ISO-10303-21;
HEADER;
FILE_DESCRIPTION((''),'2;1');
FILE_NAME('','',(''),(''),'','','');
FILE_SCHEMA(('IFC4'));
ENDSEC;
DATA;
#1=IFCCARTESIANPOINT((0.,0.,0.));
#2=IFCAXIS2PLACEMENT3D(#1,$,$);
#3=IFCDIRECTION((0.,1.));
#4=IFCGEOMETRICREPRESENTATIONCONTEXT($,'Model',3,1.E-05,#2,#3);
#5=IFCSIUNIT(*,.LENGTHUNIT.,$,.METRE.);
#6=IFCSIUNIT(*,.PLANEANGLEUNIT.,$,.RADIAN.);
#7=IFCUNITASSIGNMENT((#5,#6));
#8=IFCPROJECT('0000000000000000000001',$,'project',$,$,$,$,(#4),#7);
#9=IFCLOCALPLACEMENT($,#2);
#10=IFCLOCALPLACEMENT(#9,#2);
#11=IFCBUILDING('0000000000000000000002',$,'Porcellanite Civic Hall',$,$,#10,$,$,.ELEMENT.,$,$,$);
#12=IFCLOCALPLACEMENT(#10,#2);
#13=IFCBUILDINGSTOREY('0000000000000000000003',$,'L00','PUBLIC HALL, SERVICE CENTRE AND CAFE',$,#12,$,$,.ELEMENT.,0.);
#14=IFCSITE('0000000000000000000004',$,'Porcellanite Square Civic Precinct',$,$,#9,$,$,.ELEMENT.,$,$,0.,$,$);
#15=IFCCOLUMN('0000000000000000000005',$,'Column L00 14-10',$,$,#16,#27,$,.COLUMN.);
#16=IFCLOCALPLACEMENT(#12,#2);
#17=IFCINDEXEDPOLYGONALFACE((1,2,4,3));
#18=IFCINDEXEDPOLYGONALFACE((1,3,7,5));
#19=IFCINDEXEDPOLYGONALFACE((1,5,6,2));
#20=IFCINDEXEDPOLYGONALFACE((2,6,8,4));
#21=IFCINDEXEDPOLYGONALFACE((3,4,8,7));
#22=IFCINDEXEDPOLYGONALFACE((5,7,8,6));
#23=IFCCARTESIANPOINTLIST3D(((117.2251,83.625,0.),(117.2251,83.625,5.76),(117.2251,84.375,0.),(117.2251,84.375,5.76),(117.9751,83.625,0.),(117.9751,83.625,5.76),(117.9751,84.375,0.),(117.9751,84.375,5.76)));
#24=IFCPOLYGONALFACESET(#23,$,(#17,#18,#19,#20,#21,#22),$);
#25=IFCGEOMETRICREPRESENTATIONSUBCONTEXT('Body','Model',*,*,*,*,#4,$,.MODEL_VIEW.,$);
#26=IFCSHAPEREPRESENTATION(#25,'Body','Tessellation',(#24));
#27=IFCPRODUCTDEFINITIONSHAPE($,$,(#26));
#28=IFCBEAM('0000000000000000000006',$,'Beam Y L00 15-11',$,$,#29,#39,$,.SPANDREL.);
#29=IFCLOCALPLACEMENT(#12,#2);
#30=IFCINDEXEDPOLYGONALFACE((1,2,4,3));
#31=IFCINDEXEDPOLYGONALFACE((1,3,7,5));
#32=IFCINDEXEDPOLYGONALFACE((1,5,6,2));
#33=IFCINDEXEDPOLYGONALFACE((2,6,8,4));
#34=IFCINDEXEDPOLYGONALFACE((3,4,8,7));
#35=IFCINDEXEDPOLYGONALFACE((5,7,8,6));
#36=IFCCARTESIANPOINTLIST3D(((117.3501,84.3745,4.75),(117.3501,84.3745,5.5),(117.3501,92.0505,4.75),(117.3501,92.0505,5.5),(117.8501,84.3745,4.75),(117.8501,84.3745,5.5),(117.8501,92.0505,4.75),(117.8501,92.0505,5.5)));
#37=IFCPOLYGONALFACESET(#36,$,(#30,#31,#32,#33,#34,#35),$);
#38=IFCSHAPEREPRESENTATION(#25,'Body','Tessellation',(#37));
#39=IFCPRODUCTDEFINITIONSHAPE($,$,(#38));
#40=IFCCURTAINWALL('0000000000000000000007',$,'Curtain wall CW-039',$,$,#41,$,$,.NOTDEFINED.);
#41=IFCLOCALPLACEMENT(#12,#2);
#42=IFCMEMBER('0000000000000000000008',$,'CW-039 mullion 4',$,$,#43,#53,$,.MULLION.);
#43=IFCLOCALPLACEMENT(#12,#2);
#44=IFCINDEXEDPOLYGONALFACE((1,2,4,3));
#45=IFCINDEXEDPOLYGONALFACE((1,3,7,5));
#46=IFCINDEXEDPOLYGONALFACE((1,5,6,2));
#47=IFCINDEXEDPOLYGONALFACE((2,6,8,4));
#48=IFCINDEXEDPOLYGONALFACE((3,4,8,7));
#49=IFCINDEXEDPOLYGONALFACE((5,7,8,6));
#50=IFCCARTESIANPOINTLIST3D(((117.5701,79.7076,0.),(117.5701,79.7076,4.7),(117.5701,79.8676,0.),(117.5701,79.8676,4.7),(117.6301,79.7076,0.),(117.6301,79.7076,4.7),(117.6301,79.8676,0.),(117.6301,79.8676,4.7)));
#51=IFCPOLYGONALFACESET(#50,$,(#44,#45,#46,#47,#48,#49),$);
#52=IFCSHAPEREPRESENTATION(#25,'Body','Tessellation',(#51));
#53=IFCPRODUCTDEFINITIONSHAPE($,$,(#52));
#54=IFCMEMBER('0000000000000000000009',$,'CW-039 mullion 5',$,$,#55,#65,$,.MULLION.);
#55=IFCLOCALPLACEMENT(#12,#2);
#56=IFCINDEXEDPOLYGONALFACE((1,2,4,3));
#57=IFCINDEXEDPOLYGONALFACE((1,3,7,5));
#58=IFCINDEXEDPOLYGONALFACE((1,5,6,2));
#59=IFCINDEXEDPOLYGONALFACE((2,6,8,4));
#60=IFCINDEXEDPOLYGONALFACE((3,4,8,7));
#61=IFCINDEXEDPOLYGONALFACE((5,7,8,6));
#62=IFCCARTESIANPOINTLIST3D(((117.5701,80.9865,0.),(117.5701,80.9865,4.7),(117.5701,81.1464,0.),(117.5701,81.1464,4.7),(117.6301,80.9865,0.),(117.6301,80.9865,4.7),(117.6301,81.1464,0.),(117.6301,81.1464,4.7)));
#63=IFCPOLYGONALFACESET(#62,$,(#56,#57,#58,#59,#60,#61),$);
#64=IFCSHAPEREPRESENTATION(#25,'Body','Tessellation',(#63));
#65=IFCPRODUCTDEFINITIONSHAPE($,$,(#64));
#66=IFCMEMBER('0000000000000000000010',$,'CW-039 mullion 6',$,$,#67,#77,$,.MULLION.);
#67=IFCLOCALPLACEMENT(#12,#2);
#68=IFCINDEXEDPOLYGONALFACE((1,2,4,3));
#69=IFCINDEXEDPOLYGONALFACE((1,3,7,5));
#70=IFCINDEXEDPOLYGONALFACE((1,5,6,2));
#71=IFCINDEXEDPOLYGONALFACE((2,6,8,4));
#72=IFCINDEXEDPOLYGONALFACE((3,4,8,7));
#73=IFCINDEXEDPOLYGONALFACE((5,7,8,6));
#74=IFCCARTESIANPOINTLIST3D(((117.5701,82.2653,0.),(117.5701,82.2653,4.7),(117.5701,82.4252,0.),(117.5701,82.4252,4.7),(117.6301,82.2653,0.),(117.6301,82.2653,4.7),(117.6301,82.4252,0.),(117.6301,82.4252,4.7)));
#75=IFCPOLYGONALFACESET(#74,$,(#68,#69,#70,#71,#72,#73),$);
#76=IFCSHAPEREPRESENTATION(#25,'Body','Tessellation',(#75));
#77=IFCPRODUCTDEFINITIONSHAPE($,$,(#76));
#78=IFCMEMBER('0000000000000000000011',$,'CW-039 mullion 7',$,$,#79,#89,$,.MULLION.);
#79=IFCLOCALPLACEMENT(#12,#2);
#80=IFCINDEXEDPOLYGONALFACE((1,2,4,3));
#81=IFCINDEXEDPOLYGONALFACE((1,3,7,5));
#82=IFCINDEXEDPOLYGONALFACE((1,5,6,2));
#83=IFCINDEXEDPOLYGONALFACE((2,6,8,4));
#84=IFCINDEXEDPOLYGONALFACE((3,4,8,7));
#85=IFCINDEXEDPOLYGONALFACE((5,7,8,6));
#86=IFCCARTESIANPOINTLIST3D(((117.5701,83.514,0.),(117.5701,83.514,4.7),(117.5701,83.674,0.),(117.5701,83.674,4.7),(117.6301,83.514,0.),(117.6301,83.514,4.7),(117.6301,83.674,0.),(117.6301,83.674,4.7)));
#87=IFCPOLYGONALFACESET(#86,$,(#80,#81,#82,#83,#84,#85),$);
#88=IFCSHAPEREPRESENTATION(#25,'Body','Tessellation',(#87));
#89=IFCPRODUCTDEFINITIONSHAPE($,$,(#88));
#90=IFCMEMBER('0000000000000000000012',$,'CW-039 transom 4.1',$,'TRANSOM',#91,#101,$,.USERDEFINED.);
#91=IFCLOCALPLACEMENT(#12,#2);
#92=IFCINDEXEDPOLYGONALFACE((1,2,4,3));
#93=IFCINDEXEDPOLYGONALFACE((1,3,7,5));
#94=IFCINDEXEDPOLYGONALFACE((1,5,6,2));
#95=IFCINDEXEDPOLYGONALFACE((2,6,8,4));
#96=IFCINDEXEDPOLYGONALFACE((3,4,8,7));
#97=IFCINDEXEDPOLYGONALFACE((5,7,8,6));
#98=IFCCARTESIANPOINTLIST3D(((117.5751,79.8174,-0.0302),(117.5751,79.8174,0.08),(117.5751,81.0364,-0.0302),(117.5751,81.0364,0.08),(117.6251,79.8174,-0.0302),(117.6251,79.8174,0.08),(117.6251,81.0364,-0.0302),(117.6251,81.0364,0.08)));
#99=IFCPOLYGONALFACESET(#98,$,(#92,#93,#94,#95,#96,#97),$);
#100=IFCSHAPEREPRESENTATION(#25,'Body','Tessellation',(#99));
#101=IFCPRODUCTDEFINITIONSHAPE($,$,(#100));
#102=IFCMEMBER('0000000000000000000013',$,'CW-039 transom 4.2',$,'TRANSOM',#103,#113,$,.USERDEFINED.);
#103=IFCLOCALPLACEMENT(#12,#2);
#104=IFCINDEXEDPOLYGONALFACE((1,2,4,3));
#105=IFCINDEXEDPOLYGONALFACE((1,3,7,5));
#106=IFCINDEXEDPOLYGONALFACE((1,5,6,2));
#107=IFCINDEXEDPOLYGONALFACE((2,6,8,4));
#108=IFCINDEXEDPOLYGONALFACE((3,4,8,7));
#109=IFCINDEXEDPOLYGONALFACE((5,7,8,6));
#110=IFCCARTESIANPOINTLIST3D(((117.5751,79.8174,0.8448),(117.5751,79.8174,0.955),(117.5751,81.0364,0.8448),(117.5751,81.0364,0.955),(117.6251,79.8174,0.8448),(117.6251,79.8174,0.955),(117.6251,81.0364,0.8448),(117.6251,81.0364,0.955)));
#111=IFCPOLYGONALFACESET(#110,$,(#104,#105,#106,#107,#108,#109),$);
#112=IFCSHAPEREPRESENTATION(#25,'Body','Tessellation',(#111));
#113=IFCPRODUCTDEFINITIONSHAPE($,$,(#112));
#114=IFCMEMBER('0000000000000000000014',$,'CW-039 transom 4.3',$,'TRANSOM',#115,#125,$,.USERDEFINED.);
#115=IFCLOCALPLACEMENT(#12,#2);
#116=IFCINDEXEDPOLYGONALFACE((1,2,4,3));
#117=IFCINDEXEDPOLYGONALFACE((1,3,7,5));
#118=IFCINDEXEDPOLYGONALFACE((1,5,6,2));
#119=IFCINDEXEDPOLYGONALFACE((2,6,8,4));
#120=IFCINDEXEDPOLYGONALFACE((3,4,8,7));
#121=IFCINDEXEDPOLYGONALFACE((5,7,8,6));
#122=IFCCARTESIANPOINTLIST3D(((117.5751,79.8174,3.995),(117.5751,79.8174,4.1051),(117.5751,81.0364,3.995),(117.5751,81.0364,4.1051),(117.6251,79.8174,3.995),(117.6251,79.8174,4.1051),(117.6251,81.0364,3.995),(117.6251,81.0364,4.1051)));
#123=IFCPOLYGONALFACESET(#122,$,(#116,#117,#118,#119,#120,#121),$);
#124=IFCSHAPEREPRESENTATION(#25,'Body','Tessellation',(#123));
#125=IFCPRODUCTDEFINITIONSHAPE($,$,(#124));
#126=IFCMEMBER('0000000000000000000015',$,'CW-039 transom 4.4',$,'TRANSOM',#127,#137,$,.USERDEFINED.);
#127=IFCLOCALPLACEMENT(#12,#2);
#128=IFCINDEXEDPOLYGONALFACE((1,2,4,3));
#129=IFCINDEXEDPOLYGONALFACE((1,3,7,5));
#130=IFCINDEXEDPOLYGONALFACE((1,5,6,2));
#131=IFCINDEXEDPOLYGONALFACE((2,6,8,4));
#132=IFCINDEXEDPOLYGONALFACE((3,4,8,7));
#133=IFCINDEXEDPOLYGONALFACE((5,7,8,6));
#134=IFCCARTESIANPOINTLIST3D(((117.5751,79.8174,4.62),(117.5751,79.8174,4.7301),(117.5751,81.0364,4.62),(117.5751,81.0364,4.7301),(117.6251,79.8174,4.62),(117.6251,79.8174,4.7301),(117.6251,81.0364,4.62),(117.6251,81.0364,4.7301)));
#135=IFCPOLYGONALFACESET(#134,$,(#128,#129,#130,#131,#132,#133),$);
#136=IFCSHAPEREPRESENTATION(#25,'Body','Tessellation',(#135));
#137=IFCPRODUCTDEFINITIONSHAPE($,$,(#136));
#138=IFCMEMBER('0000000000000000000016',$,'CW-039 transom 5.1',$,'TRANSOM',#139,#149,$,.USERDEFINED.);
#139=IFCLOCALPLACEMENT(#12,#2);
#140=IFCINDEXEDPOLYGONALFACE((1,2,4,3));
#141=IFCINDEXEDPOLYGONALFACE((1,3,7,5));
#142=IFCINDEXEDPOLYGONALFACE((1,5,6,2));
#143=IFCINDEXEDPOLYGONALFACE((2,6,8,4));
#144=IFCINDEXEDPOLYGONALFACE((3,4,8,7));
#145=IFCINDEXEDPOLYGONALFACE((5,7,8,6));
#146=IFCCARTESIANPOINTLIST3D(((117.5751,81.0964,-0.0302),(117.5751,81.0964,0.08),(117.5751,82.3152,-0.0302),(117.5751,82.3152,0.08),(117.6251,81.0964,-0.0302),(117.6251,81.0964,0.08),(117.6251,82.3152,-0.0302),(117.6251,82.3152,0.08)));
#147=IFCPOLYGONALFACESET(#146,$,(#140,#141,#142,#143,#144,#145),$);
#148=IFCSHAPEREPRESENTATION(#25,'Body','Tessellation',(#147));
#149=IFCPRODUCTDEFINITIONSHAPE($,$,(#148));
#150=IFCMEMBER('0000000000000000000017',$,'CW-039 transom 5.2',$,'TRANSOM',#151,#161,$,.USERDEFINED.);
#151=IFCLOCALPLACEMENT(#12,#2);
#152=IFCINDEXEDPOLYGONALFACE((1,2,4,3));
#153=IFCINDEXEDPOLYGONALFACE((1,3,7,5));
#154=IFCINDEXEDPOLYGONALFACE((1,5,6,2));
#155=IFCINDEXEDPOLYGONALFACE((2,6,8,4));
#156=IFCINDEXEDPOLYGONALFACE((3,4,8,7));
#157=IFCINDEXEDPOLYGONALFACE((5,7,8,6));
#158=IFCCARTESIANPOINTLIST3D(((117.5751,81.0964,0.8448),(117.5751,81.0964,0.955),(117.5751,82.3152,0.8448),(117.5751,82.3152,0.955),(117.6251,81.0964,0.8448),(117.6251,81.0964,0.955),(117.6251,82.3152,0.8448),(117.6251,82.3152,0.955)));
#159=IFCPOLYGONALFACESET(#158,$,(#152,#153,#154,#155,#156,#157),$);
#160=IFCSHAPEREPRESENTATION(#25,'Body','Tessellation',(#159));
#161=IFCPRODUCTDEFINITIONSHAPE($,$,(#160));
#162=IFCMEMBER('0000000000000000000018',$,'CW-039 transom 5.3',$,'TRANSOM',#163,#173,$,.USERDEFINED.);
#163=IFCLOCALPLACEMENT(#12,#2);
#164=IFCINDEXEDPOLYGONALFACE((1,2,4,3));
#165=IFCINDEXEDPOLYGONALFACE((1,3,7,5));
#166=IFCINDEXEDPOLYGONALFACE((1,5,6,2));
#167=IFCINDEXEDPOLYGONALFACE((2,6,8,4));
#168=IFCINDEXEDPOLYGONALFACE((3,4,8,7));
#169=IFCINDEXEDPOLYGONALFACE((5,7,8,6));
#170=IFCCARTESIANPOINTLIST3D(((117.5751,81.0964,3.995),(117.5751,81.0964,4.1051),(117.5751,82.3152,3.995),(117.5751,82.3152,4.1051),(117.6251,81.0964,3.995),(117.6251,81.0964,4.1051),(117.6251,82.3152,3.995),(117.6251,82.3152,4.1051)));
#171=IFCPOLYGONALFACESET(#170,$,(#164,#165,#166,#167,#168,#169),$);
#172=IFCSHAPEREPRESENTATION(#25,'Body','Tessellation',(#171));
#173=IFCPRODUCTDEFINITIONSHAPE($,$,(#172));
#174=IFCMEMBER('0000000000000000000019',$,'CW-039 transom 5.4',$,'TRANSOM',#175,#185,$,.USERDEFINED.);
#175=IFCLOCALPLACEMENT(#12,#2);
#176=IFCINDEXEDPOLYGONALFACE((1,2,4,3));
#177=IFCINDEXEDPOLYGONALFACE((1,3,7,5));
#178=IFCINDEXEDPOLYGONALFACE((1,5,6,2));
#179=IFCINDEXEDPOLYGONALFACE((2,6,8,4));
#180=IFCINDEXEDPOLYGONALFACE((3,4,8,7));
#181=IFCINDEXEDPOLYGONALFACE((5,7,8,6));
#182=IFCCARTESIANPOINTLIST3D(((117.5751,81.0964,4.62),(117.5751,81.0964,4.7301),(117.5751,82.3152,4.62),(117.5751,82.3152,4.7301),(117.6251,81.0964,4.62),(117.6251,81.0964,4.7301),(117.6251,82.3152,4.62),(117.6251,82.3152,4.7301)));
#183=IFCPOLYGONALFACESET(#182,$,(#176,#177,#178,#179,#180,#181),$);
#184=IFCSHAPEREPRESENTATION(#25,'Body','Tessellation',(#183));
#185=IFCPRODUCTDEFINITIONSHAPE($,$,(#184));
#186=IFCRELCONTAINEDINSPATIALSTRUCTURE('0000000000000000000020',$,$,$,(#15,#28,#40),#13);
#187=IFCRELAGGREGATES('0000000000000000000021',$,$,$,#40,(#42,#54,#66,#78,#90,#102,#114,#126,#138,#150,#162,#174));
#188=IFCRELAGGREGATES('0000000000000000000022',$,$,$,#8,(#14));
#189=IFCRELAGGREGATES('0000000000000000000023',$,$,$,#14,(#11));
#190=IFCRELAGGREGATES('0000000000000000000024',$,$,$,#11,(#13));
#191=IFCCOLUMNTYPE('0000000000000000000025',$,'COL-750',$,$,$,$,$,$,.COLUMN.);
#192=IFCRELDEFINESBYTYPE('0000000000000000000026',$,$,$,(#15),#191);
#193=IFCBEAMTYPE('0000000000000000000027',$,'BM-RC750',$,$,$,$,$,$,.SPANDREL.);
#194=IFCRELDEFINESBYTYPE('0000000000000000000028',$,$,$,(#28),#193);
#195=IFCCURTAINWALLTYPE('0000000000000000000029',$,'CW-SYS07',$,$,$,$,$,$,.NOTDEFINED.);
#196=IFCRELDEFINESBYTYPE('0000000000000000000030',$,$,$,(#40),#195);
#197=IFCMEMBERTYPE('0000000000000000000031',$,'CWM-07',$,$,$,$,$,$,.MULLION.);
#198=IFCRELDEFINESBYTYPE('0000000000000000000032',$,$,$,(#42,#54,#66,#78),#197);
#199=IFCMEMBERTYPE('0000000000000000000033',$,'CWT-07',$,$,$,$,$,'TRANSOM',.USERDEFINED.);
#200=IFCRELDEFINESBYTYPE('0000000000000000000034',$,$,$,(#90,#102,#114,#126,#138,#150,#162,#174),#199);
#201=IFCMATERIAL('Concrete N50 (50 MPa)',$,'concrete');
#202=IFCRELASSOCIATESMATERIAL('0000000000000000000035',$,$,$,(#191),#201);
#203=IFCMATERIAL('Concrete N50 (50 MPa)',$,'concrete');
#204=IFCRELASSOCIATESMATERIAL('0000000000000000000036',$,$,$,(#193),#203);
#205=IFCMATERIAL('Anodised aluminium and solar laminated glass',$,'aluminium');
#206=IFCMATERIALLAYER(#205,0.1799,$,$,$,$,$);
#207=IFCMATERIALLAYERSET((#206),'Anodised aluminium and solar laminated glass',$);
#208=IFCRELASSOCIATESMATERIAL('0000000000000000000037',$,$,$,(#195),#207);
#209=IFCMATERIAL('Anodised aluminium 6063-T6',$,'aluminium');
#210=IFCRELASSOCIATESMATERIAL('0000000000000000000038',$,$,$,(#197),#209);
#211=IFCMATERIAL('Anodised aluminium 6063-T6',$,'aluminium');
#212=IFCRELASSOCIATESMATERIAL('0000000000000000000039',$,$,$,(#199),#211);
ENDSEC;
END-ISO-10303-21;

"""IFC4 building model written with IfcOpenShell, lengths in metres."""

from ifc_helpers import new_model, si_unit, direction, frame, origin, origin_2d, place, context, subcontext, project, spatial, rectangle, extrude, material, layer, layer_set, material_profile, profile_set, type_object, element, aggregate, save


model = new_model("IFC4")

# Units and contexts
model_context = context("Model", 3, precision=1e-05, world=origin(), true_north=direction((0.0, 1.0)))
body_context = subcontext(model_context, "Body", "Model", "MODEL_VIEW")
ifc_project = project(units=[si_unit("LENGTHUNIT", "METRE"), si_unit("PLANEANGLEUNIT", "RADIAN")], contexts=[model_context])

# Site, building, storey
site_placement = place(None, origin())
site = spatial("IfcSite", under=ifc_project, at=site_placement, Name="Porcellanite Square Civic Precinct", CompositionType="ELEMENT", RefElevation=0.0)
building_placement = place(site_placement, origin())
building = spatial("IfcBuilding", under=site, at=building_placement, Name="Porcellanite Civic Hall", CompositionType="ELEMENT")
storey_placement = place(building_placement, origin())
storey = spatial("IfcBuildingStorey", under=building, at=storey_placement, Name="L00", Description="PUBLIC HALL, SERVICE CENTRE AND CAFE", CompositionType="ELEMENT", Elevation=0.0)

# Column
ifc_material_1 = material(Name="Concrete N50 (50 MPa)", Category="concrete")
ifc_material_profile_1 = material_profile(ifc_material_1, rectangle(XDim=0.75, YDim=0.75, at=origin_2d()), Name="RC-750x750")
ifc_profile_set_1 = profile_set([ifc_material_profile_1], Name="Concrete N50 (50 MPa)")
column_type = type_object("IfcColumnType", Name="COL-750", PredefinedType="COLUMN", material=ifc_profile_set_1)
column_placement = place(storey_placement, frame((117.6001, 84.0, 0.0), z_axis=(0.0, 0.0, 1.0), x_axis=(1.0, 0.0, 0.0)))
element("IfcColumn", 1, at=column_placement, inside=storey, type_object=column_type, Name="Column L00 14-10", PredefinedType="COLUMN", context=body_context, shape_type="SweptSolid", body=[
    extrude(rectangle(XDim=0.75, YDim=0.75, at=origin_2d()), origin(), (0.0, 0.0, 1.0), 5.76),
])

# Beam
ifc_material_2 = material(Name="Concrete N50 (50 MPa)", Category="concrete")
ifc_material_profile_2 = material_profile(ifc_material_2, rectangle(XDim=0.5, YDim=0.75, at=origin_2d()), Name="RC-500x750")
ifc_profile_set_2 = profile_set([ifc_material_profile_2], Name="Concrete N50 (50 MPa)")
beam_type = type_object("IfcBeamType", Name="BM-RC750", PredefinedType="SPANDREL", material=ifc_profile_set_2)
beam_placement = place(storey_placement, frame((117.6001, 84.3745, 5.125), z_axis=(0.0, 1.0, 0.0), x_axis=(-1.0, 0.0, 0.0)))
element("IfcBeam", 2, at=beam_placement, inside=storey, type_object=beam_type, Name="Beam Y L00 15-11", PredefinedType="SPANDREL", context=body_context, shape_type="SweptSolid", body=[
    extrude(rectangle(XDim=0.5, YDim=0.75, at=origin_2d()), origin(), (0.0, 0.0, 1.0), 7.676),
])

# Curtain wall, members
ifc_material_3 = material(Name="Anodised aluminium and solar laminated glass", Category="aluminium")
ifc_layer_1 = layer(ifc_material_3, 0.1799)
ifc_layer_set_1 = layer_set([ifc_layer_1], Name="Anodised aluminium and solar laminated glass")
curtain_wall_type = type_object("IfcCurtainWallType", Name="CW-SYS07", PredefinedType="NOTDEFINED", material=ifc_layer_set_1)
curtain_wall_placement = place(storey_placement, origin())
curtain_wall = element("IfcCurtainWall", 3, at=curtain_wall_placement, inside=storey, type_object=curtain_wall_type, Name="Curtain wall CW-039", PredefinedType="NOTDEFINED")
ifc_material_4 = material(Name="Anodised aluminium 6063-T6", Category="aluminium")
ifc_material_profile_3 = material_profile(ifc_material_4, rectangle(XDim=0.0601, YDim=0.1599, at=origin_2d()), Name="AL-60x160")
ifc_profile_set_3 = profile_set([ifc_material_profile_3], Name="Anodised aluminium 6063-T6")
member_type_1 = type_object("IfcMemberType", Name="CWM-07", PredefinedType="MULLION", material=ifc_profile_set_3)
member_1_placement = place(storey_placement, frame((117.6001, 79.7876, 0.0), z_axis=(0.0, 0.0, 1.0), x_axis=(-1.0, 0.0, 0.0)))
member_1 = element("IfcMember", 4, at=member_1_placement, type_object=member_type_1, Name="CW-039 mullion 4", PredefinedType="MULLION", context=body_context, shape_type="SweptSolid", body=[
    extrude(rectangle(XDim=0.0601, YDim=0.1599, at=origin_2d()), origin(), (0.0, 0.0, 1.0), 4.7),
])
member_2_placement = place(storey_placement, frame((117.6001, 81.0664, 0.0), z_axis=(0.0, 0.0, 1.0), x_axis=(-1.0, 0.0, 0.0)))
member_2 = element("IfcMember", 5, at=member_2_placement, type_object=member_type_1, Name="CW-039 mullion 5", PredefinedType="MULLION", context=body_context, shape_type="SweptSolid", body=[
    extrude(rectangle(XDim=0.0601, YDim=0.1599, at=origin_2d()), origin(), (0.0, 0.0, 1.0), 4.7),
])
member_3_placement = place(storey_placement, frame((117.6001, 82.3452, 0.0), z_axis=(0.0, 0.0, 1.0), x_axis=(-1.0, 0.0, 0.0)))
member_3 = element("IfcMember", 6, at=member_3_placement, type_object=member_type_1, Name="CW-039 mullion 6", PredefinedType="MULLION", context=body_context, shape_type="SweptSolid", body=[
    extrude(rectangle(XDim=0.0601, YDim=0.1599, at=origin_2d()), origin(), (0.0, 0.0, 1.0), 4.7),
])
member_4_placement = place(storey_placement, frame((117.6001, 83.594, 0.0), z_axis=(0.0, 0.0, 1.0), x_axis=(-1.0, 0.0, 0.0)))
member_4 = element("IfcMember", 7, at=member_4_placement, type_object=member_type_1, Name="CW-039 mullion 7", PredefinedType="MULLION", context=body_context, shape_type="SweptSolid", body=[
    extrude(rectangle(XDim=0.0601, YDim=0.1599, at=origin_2d()), origin(), (0.0, 0.0, 1.0), 4.7),
])
ifc_material_5 = material(Name="Anodised aluminium 6063-T6", Category="aluminium")
ifc_material_profile_4 = material_profile(ifc_material_5, rectangle(XDim=0.05, YDim=0.1101, at=origin_2d()), Name="AL-50x110")
ifc_profile_set_4 = profile_set([ifc_material_profile_4], Name="Anodised aluminium 6063-T6")
member_type_2 = type_object("IfcMemberType", Name="CWT-07", ElementType="TRANSOM", PredefinedType="USERDEFINED", material=ifc_profile_set_4)
member_5_placement = place(storey_placement, frame((117.6001, 79.8174, 0.0249), z_axis=(0.0, 1.0, 0.0), x_axis=(-1.0, 0.0, 0.0)))
member_5 = element("IfcMember", 8, at=member_5_placement, type_object=member_type_2, Name="CW-039 transom 4.1", ObjectType="TRANSOM", PredefinedType="USERDEFINED", context=body_context, shape_type="SweptSolid", body=[
    extrude(rectangle(XDim=0.05, YDim=0.1101, at=origin_2d()), origin(), (0.0, 0.0, 1.0), 1.219),
])
member_6_placement = place(storey_placement, frame((117.6001, 79.8174, 0.8999), z_axis=(0.0, 1.0, 0.0), x_axis=(-1.0, 0.0, 0.0)))
member_6 = element("IfcMember", 9, at=member_6_placement, type_object=member_type_2, Name="CW-039 transom 4.2", ObjectType="TRANSOM", PredefinedType="USERDEFINED", context=body_context, shape_type="SweptSolid", body=[
    extrude(rectangle(XDim=0.05, YDim=0.1101, at=origin_2d()), origin(), (0.0, 0.0, 1.0), 1.219),
])
member_7_placement = place(storey_placement, frame((117.6001, 79.8174, 4.05), z_axis=(0.0, 1.0, 0.0), x_axis=(-1.0, 0.0, 0.0)))
member_7 = element("IfcMember", 10, at=member_7_placement, type_object=member_type_2, Name="CW-039 transom 4.3", ObjectType="TRANSOM", PredefinedType="USERDEFINED", context=body_context, shape_type="SweptSolid", body=[
    extrude(rectangle(XDim=0.05, YDim=0.1101, at=origin_2d()), origin(), (0.0, 0.0, 1.0), 1.219),
])
member_8_placement = place(storey_placement, frame((117.6001, 79.8174, 4.675), z_axis=(0.0, 1.0, 0.0), x_axis=(-1.0, 0.0, 0.0)))
member_8 = element("IfcMember", 11, at=member_8_placement, type_object=member_type_2, Name="CW-039 transom 4.4", ObjectType="TRANSOM", PredefinedType="USERDEFINED", context=body_context, shape_type="SweptSolid", body=[
    extrude(rectangle(XDim=0.05, YDim=0.1101, at=origin_2d()), origin(), (0.0, 0.0, 1.0), 1.219),
])
member_9_placement = place(storey_placement, frame((117.6001, 81.0964, 0.0249), z_axis=(0.0, 1.0, 0.0), x_axis=(-1.0, 0.0, 0.0)))
member_9 = element("IfcMember", 12, at=member_9_placement, type_object=member_type_2, Name="CW-039 transom 5.1", ObjectType="TRANSOM", PredefinedType="USERDEFINED", context=body_context, shape_type="SweptSolid", body=[
    extrude(rectangle(XDim=0.05, YDim=0.1101, at=origin_2d()), origin(), (0.0, 0.0, 1.0), 1.2188),
])
member_10_placement = place(storey_placement, frame((117.6001, 81.0964, 0.8999), z_axis=(0.0, 1.0, 0.0), x_axis=(-1.0, 0.0, 0.0)))
member_10 = element("IfcMember", 13, at=member_10_placement, type_object=member_type_2, Name="CW-039 transom 5.2", ObjectType="TRANSOM", PredefinedType="USERDEFINED", context=body_context, shape_type="SweptSolid", body=[
    extrude(rectangle(XDim=0.05, YDim=0.1101, at=origin_2d()), origin(), (0.0, 0.0, 1.0), 1.2188),
])
member_11_placement = place(storey_placement, frame((117.6001, 81.0964, 4.05), z_axis=(0.0, 1.0, 0.0), x_axis=(-1.0, 0.0, 0.0)))
member_11 = element("IfcMember", 14, at=member_11_placement, type_object=member_type_2, Name="CW-039 transom 5.3", ObjectType="TRANSOM", PredefinedType="USERDEFINED", context=body_context, shape_type="SweptSolid", body=[
    extrude(rectangle(XDim=0.05, YDim=0.1101, at=origin_2d()), origin(), (0.0, 0.0, 1.0), 1.2188),
])
member_12_placement = place(storey_placement, frame((117.6001, 81.0964, 4.675), z_axis=(0.0, 1.0, 0.0), x_axis=(-1.0, 0.0, 0.0)))
member_12 = element("IfcMember", 15, at=member_12_placement, type_object=member_type_2, Name="CW-039 transom 5.4", ObjectType="TRANSOM", PredefinedType="USERDEFINED", context=body_context, shape_type="SweptSolid", body=[
    extrude(rectangle(XDim=0.05, YDim=0.1101, at=origin_2d()), origin(), (0.0, 0.0, 1.0), 1.2188),
])

aggregate(curtain_wall, [member_1, member_2, member_3, member_4, member_5, member_6, member_7, member_8, member_9, member_10, member_11, member_12])

save(model, "model.ifc")
